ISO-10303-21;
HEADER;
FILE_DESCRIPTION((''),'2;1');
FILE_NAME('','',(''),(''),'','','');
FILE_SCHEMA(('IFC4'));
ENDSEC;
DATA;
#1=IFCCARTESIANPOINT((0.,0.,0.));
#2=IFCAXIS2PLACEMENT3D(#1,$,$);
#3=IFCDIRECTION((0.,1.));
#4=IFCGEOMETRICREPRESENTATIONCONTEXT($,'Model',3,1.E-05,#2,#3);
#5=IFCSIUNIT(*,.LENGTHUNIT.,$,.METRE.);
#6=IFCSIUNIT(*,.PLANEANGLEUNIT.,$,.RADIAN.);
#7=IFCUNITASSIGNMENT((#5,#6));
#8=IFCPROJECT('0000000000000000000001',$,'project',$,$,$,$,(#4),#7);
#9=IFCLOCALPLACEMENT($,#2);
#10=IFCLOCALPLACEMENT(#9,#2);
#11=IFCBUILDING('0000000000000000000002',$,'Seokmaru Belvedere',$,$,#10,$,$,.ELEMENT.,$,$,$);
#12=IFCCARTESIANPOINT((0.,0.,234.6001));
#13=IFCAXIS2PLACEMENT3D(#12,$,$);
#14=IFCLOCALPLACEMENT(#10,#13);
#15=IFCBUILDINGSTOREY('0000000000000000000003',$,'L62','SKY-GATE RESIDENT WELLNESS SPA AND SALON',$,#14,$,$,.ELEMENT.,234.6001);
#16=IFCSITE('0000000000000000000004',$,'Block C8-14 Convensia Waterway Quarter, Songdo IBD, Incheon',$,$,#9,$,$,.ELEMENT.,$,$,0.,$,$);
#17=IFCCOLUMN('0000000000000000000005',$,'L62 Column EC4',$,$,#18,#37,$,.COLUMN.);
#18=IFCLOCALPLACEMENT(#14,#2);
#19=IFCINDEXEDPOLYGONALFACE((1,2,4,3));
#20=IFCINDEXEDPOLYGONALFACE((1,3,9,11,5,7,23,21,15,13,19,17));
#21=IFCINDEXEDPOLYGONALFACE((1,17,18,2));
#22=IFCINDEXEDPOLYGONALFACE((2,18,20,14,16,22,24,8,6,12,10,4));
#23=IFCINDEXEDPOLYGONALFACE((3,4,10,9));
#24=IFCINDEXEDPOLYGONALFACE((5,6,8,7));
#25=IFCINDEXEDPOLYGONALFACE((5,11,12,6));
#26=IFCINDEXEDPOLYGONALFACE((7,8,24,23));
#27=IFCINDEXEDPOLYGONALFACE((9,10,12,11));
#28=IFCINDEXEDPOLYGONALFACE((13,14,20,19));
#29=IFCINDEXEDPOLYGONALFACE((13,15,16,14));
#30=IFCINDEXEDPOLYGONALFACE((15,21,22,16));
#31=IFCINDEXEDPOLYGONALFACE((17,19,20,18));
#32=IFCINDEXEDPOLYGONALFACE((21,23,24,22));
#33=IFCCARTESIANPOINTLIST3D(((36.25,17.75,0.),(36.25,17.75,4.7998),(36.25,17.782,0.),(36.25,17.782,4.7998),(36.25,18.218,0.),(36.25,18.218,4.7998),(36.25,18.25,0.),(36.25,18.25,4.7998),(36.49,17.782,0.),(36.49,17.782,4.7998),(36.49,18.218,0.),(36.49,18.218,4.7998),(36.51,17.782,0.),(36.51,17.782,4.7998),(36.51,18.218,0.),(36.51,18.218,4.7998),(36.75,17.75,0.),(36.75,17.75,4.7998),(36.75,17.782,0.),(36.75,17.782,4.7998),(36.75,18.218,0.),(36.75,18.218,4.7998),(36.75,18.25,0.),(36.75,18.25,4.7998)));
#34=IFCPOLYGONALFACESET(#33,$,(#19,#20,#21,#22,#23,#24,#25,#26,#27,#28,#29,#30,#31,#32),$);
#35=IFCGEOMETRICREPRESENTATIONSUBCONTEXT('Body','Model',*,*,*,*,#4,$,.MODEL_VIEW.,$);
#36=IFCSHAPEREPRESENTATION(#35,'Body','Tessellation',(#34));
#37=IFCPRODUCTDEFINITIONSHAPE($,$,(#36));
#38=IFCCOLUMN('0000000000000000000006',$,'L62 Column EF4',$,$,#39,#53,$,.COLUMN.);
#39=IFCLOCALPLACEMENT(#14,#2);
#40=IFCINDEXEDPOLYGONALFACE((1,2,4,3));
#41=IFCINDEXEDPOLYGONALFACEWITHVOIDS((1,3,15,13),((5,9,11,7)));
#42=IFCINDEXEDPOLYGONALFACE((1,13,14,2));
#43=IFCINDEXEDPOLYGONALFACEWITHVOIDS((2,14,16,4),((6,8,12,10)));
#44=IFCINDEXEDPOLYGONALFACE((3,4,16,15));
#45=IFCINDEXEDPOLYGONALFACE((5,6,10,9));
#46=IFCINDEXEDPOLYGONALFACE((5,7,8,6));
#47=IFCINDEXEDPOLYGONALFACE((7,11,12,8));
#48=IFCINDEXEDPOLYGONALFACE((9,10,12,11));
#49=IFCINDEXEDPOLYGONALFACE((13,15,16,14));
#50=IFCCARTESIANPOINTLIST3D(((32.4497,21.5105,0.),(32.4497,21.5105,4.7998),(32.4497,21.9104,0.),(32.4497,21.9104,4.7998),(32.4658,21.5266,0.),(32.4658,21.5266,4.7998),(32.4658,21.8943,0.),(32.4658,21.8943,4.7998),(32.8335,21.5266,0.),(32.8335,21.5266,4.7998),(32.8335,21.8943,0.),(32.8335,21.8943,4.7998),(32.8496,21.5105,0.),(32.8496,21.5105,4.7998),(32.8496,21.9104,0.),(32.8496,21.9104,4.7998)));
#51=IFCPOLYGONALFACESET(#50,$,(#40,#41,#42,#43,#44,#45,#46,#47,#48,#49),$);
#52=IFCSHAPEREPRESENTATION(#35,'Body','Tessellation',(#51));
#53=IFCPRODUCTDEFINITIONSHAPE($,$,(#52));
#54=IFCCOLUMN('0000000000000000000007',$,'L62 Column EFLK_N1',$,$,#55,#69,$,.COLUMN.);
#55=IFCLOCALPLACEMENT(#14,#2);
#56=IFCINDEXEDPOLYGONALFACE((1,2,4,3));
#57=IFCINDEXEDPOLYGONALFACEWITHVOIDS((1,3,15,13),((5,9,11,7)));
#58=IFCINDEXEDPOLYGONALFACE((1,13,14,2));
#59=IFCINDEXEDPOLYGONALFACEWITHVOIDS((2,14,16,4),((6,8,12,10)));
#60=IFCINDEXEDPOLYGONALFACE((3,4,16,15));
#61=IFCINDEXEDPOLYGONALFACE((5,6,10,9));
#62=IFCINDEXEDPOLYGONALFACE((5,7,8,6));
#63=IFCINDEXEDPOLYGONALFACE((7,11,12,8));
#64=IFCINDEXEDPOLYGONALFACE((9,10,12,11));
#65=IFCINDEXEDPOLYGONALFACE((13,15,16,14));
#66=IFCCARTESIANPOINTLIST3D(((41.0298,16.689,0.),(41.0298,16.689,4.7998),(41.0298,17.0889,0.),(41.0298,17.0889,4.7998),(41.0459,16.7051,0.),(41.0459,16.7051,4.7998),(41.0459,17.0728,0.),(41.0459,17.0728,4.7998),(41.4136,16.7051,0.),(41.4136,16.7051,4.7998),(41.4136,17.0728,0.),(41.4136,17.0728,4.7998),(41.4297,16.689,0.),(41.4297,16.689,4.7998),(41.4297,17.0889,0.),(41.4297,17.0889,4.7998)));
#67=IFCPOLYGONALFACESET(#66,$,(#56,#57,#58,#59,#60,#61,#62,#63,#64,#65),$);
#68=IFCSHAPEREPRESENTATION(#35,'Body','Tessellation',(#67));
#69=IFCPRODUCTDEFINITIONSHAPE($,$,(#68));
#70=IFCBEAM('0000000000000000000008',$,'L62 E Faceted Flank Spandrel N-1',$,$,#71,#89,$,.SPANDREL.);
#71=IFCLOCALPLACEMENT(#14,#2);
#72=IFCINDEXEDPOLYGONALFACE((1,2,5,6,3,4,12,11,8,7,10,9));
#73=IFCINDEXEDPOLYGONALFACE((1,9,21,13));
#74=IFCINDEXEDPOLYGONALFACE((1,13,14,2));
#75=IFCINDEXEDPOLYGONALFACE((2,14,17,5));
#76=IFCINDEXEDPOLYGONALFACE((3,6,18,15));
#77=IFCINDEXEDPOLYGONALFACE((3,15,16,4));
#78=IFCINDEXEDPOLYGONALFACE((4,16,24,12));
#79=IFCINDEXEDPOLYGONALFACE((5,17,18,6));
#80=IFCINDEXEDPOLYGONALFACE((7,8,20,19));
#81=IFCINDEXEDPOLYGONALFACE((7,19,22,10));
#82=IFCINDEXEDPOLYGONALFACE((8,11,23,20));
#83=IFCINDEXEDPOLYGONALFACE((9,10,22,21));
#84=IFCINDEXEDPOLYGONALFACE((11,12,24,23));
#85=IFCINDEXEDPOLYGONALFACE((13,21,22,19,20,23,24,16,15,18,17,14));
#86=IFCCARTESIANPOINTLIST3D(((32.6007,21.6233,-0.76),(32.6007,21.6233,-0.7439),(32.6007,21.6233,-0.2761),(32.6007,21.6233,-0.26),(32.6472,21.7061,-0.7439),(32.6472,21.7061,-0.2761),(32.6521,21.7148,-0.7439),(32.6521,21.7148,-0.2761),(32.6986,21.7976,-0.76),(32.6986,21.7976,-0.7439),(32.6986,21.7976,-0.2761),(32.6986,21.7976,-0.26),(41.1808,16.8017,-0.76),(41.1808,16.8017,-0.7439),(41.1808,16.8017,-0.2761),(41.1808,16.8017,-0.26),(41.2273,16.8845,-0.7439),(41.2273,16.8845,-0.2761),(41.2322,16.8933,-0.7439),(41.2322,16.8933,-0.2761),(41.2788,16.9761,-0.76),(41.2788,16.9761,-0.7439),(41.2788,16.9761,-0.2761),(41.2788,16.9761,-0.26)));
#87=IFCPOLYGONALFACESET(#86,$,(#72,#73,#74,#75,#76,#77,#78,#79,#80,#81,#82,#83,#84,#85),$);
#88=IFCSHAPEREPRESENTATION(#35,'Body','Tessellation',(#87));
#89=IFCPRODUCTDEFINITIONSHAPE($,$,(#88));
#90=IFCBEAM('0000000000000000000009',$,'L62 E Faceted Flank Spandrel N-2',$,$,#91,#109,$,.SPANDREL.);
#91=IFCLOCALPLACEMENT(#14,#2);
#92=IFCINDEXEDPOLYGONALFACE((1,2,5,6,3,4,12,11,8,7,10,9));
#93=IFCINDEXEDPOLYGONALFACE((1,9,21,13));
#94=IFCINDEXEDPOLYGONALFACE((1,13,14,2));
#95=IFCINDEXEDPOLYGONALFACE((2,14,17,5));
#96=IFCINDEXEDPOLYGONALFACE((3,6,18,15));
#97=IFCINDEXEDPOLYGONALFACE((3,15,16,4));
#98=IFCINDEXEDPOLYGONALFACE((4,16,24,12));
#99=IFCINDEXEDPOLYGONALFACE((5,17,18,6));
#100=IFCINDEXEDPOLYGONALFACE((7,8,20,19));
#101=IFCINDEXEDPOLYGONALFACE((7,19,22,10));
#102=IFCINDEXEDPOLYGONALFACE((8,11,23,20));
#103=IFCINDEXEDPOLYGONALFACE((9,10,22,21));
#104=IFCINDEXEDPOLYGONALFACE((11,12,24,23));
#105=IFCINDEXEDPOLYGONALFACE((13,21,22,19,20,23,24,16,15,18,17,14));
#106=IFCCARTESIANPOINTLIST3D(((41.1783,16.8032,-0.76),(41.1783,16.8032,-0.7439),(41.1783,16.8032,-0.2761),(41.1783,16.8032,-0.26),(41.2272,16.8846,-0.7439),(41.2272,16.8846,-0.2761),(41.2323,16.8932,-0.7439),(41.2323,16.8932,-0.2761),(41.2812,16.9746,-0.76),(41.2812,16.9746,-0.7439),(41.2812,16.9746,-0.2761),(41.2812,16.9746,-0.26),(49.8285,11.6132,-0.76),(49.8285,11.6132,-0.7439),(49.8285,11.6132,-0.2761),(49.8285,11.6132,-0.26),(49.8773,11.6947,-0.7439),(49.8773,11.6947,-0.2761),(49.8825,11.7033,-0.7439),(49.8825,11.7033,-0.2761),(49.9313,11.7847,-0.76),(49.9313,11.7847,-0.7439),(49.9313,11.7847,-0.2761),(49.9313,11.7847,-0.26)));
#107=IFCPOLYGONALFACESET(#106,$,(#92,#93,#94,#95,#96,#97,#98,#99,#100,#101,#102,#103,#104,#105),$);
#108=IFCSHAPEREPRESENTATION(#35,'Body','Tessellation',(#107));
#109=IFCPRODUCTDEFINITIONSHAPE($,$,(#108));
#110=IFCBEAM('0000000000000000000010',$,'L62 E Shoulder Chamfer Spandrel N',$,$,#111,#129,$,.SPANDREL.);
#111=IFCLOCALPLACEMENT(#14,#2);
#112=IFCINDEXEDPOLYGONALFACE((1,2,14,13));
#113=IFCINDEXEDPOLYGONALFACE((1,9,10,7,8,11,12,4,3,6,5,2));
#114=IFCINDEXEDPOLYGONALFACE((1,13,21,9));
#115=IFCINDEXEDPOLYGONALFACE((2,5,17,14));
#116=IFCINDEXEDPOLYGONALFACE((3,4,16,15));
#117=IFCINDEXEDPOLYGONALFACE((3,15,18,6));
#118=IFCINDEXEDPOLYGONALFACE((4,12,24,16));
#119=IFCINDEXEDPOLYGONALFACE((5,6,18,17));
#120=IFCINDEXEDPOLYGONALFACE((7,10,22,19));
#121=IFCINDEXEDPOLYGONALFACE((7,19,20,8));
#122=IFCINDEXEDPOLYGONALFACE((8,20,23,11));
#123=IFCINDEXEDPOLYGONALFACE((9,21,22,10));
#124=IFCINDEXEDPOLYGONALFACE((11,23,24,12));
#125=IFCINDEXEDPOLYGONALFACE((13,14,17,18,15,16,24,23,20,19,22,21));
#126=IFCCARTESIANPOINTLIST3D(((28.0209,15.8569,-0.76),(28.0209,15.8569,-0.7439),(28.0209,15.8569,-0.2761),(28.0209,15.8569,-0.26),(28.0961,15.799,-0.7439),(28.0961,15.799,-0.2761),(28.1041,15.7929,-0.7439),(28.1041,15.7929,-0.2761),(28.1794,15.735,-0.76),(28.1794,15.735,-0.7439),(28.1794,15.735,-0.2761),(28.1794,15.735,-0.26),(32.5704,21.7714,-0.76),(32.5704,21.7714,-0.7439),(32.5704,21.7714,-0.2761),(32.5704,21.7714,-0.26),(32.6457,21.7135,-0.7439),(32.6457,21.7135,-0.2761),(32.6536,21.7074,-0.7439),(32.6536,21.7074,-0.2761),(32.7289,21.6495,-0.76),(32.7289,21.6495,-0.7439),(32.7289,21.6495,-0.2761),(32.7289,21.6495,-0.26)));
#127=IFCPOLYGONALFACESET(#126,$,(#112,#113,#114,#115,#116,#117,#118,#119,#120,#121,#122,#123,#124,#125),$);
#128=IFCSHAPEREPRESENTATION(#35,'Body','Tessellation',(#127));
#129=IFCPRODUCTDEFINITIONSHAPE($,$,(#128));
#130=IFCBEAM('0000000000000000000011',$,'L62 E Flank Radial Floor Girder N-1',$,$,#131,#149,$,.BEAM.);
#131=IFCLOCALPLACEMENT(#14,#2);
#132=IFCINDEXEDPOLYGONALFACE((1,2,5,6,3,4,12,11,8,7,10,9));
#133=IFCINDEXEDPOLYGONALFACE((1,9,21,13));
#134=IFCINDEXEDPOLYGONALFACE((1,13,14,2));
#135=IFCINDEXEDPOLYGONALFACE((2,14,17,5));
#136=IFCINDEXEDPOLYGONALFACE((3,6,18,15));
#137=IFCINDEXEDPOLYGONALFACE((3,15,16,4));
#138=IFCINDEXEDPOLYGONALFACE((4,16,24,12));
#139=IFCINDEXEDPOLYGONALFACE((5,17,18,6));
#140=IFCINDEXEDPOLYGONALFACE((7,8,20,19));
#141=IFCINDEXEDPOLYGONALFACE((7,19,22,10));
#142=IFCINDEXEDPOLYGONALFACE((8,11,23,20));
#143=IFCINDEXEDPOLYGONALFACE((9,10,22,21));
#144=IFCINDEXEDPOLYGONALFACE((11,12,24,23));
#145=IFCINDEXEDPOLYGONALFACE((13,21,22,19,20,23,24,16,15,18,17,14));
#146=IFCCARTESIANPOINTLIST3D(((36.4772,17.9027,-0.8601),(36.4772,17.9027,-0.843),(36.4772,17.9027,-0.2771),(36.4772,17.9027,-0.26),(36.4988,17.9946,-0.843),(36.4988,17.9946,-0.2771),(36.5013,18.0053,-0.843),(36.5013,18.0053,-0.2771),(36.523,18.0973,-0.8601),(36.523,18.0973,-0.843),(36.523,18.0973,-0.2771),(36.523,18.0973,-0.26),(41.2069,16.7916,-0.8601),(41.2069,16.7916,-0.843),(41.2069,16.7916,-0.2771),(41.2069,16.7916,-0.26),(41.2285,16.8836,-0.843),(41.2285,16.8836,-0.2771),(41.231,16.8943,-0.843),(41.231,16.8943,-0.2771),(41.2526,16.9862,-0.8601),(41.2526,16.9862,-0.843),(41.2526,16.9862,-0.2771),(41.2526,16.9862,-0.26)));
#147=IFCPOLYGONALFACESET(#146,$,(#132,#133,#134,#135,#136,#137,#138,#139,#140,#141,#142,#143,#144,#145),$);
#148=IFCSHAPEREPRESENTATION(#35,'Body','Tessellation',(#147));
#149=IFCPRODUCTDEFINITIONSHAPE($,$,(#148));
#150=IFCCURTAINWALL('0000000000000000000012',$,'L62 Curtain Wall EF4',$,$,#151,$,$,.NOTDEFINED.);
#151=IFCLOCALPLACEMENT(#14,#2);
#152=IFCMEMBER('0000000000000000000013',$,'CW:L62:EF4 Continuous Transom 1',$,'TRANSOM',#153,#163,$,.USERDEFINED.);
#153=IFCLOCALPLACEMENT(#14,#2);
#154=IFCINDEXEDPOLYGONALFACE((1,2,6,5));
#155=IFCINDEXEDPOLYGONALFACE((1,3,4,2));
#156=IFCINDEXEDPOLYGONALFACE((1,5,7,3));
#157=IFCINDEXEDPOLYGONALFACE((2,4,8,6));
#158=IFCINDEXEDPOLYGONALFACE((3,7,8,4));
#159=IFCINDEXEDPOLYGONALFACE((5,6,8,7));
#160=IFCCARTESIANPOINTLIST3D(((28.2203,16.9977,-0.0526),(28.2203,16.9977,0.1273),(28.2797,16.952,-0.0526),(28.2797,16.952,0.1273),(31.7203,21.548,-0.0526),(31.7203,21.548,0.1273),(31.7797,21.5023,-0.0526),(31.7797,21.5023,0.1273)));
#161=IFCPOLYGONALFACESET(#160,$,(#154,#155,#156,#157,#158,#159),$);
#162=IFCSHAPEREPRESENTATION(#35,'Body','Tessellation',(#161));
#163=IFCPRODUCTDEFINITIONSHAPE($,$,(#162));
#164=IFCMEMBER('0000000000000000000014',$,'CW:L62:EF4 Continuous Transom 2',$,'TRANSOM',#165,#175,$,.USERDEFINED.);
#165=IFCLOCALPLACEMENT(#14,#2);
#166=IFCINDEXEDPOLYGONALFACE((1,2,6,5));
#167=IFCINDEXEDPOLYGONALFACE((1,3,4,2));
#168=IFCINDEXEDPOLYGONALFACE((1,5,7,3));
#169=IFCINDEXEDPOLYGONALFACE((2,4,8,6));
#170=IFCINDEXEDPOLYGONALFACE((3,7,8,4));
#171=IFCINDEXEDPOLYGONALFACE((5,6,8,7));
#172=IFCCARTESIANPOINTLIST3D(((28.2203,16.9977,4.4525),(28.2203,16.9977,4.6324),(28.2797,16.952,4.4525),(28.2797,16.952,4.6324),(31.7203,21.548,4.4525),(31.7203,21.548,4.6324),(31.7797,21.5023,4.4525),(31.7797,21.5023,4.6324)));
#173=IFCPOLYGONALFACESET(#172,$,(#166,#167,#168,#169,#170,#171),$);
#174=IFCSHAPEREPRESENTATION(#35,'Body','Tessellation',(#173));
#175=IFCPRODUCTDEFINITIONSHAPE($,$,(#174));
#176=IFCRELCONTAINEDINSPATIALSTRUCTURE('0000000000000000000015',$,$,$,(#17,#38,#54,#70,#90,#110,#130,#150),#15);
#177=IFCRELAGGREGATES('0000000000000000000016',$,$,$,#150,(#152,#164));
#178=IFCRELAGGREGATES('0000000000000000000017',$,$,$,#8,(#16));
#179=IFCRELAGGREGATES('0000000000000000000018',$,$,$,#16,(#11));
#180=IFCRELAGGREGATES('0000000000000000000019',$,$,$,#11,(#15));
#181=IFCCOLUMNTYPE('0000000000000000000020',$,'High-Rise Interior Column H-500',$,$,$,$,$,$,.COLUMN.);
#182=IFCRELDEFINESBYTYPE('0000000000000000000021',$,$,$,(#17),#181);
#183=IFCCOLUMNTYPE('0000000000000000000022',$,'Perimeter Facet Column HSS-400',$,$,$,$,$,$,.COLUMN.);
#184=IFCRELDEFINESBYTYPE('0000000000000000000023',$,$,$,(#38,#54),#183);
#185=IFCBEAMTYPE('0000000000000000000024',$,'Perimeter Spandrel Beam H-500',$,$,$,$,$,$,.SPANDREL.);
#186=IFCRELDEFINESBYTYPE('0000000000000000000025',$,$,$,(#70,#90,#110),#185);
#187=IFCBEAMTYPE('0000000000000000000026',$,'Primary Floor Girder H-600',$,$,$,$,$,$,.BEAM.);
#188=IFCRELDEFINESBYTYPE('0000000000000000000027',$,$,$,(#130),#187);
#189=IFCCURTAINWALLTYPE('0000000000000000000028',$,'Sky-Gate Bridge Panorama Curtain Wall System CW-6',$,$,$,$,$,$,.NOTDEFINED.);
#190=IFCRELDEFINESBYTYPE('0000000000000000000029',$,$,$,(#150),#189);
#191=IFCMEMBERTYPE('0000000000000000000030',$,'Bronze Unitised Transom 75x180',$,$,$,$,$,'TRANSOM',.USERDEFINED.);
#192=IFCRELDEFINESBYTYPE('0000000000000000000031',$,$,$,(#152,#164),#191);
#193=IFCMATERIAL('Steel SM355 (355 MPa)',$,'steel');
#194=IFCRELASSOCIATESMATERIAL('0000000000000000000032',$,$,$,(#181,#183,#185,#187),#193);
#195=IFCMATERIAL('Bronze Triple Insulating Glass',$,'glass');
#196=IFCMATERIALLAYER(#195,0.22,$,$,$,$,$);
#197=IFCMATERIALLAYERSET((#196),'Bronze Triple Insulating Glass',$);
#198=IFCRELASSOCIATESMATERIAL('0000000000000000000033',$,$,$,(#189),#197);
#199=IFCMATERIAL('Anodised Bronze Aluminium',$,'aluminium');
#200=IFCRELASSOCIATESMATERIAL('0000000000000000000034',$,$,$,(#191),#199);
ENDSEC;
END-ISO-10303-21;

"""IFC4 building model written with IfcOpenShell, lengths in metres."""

from ifc_helpers import new_model, si_unit, direction, frame, origin, origin_2d, place, context, subcontext, project, spatial, rectangle, hollow_rectangle, i_section, extrude, source, transform, mapped, material, layer, layer_set, material_profile, profile_set, type_object, type_shapes, element, aggregate, save


model = new_model("IFC4")

# Units and contexts
model_context = context("Model", 3, precision=1e-05, world=origin(), true_north=direction((0.0, 1.0)))
body_context = subcontext(model_context, "Body", "Model", "MODEL_VIEW")
ifc_project = project(units=[si_unit("LENGTHUNIT", "METRE"), si_unit("PLANEANGLEUNIT", "RADIAN")], contexts=[model_context])

# Site, building, storey
site_placement = place(None, origin())
site = spatial("IfcSite", under=ifc_project, at=site_placement, Name="Block C8-14 Convensia Waterway Quarter, Songdo IBD, Incheon", CompositionType="ELEMENT", RefElevation=0.0)
building_placement = place(site_placement, origin())
building = spatial("IfcBuilding", under=site, at=building_placement, Name="Seokmaru Belvedere", CompositionType="ELEMENT")
storey_placement = place(building_placement, frame((0.0, 0.0, 234.6001)))
storey = spatial("IfcBuildingStorey", under=building, at=storey_placement, Name="L62", Description="SKY-GATE RESIDENT WELLNESS SPA AND SALON", CompositionType="ELEMENT", Elevation=234.6001)

# Columns
ifc_material_1 = material(Name="Steel SM355 (355 MPa)", Category="steel")
ifc_material_profile_1 = material_profile(ifc_material_1, i_section(OverallWidth=0.5, OverallDepth=0.5, WebThickness=0.02, FlangeThickness=0.032, at=origin_2d()), Name="H-500x500x20x32")
ifc_profile_set_1 = profile_set([ifc_material_profile_1], Name="Steel SM355 (355 MPa)")
column_type_1 = type_object("IfcColumnType", Name="High-Rise Interior Column H-500", PredefinedType="COLUMN", material=ifc_profile_set_1)
shared_shape_1 = source(origin(), body_context, "Body", "SweptSolid", [
    extrude(i_section(OverallWidth=0.5, OverallDepth=0.5, WebThickness=0.02, FlangeThickness=0.032, at=origin_2d()), origin(), (0.0, 0.0, 1.0), 4.7998),
])
type_shapes(column_type_1, [shared_shape_1])
column_placement = place(storey_placement, frame((36.5, 18.0, 0.0), z_axis=(0.0, 0.0, 1.0), x_axis=(1.0, 0.0, 0.0)))
element("IfcColumn", 1, at=column_placement, inside=storey, type_object=column_type_1, Name="L62 Column EC4", PredefinedType="COLUMN", context=body_context, shape_type="MappedRepresentation", body=[
    mapped(shared_shape_1, transform((0.0, 0.0, 0.0), scale=1.0)),
])
ifc_material_profile_2 = material_profile(ifc_material_1, hollow_rectangle(XDim=0.3999, YDim=0.3999, WallThickness=0.0161, at=origin_2d()), Name="HSS-400x400x16")
ifc_profile_set_2 = profile_set([ifc_material_profile_2], Name="Steel SM355 (355 MPa)")
column_type_2 = type_object("IfcColumnType", Name="Perimeter Facet Column HSS-400", PredefinedType="COLUMN", material=ifc_profile_set_2)
shared_shape_2 = source(origin(), body_context, "Body", "SweptSolid", [
    extrude(hollow_rectangle(XDim=0.3999, YDim=0.3999, WallThickness=0.0161, at=origin_2d()), origin(), (0.0, 0.0, 1.0), 4.7998),
])
type_shapes(column_type_2, [shared_shape_2])
for number, where, z_axis, x_axis, name in (
    (2, (32.6497, 21.7104, 0.0), (0.0, 0.0, 1.0), (1.0, 0.0, 0.0), "L62 Column EF4"),
    (3, (41.2297, 16.8889, 0.0), (0.0, 0.0, 1.0), (1.0, 0.0, 0.0), "L62 Column EFLK_N1"),
):
    element("IfcColumn", number, at=place(storey_placement, frame(where, z_axis=z_axis, x_axis=x_axis)), inside=storey, type_object=column_type_2, Name=name, PredefinedType="COLUMN", context=body_context, shape_type="MappedRepresentation", body=[
        mapped(shared_shape_2, transform((0.0, 0.0, 0.0), scale=1.0)),
    ])

# Beams
ifc_material_profile_3 = material_profile(ifc_material_1, i_section(OverallWidth=0.2, OverallDepth=0.5, WebThickness=0.01, FlangeThickness=0.0161, at=origin_2d()), Name="H-500x200x10x16")
ifc_profile_set_3 = profile_set([ifc_material_profile_3], Name="Steel SM355 (355 MPa)")
beam_type_1 = type_object("IfcBeamType", Name="Perimeter Spandrel Beam H-500", PredefinedType="SPANDREL", material=ifc_profile_set_3)
shared_shape_3 = source(origin(), body_context, "Body", "SweptSolid", [
    extrude(i_section(OverallWidth=0.2, OverallDepth=0.5, WebThickness=0.01, FlangeThickness=0.0161, at=origin_2d()), origin(), (0.0, 0.0, 1.0), 9.842),
])
beam_1_placement = place(storey_placement, frame((32.6497, 21.7104, -0.51), z_axis=(0.871782, -0.489894, 0.0), x_axis=(0.489894, 0.871782, 0.0)))
element("IfcBeam", 4, at=beam_1_placement, inside=storey, type_object=beam_type_1, Name="L62 E Faceted Flank Spandrel N-1", PredefinedType="SPANDREL", context=body_context, shape_type="MappedRepresentation", body=[
    mapped(shared_shape_3, transform((0.0, 0.0, 0.0), scale=1.0)),
])
shared_shape_4 = source(origin(), body_context, "Body", "SweptSolid", [
    extrude(i_section(OverallWidth=0.2, OverallDepth=0.5, WebThickness=0.01, FlangeThickness=0.0161, at=origin_2d()), origin(), (0.0, 0.0, 1.0), 10.0876),
])
beam_2_placement = place(storey_placement, frame((41.2297, 16.8889, -0.51), z_axis=(0.857499, -0.514485, 0.0), x_axis=(0.514485, 0.857499, 0.0)))
element("IfcBeam", 5, at=beam_2_placement, inside=storey, type_object=beam_type_1, Name="L62 E Faceted Flank Spandrel N-2", PredefinedType="SPANDREL", context=body_context, shape_type="MappedRepresentation", body=[
    mapped(shared_shape_4, transform((0.0, 0.0, 0.0), scale=1.0)),
])
shared_shape_5 = source(origin(), body_context, "Body", "SweptSolid", [
    extrude(i_section(OverallWidth=0.2, OverallDepth=0.5, WebThickness=0.01, FlangeThickness=0.0161, at=origin_2d()), origin(), (0.0, 0.0, 1.0), 7.4619),
])
type_shapes(beam_type_1, [shared_shape_3, shared_shape_4, shared_shape_5])
beam_3_placement = place(storey_placement, frame((32.6497, 21.7104, -0.51), z_axis=(-0.609703, -0.79263, 0.0), x_axis=(0.79263, -0.609703, 0.0)))
element("IfcBeam", 6, at=beam_3_placement, inside=storey, type_object=beam_type_1, Name="L62 E Shoulder Chamfer Spandrel N", PredefinedType="SPANDREL", context=body_context, shape_type="MappedRepresentation", body=[
    mapped(shared_shape_5, transform((0.0, 0.0, 0.0), scale=1.0)),
])
ifc_material_profile_4 = material_profile(ifc_material_1, i_section(OverallWidth=0.2, OverallDepth=0.6001, WebThickness=0.011, FlangeThickness=0.0171, at=origin_2d()), Name="H-600x200x11x17")
ifc_profile_set_4 = profile_set([ifc_material_profile_4], Name="Steel SM355 (355 MPa)")
beam_type_2 = type_object("IfcBeamType", Name="Primary Floor Girder H-600", PredefinedType="BEAM", material=ifc_profile_set_4)
shared_shape_6 = source(origin(), body_context, "Body", "SweptSolid", [
    extrude(i_section(OverallWidth=0.2, OverallDepth=0.6001, WebThickness=0.011, FlangeThickness=0.0171, at=origin_2d()), origin(), (0.0, 0.0, 1.0), 4.8584),
])
type_shapes(beam_type_2, [shared_shape_6])
beam_4_placement = place(storey_placement, frame((41.2297, 16.8889, -0.5601), z_axis=(-0.973499, 0.228689, 0.0), x_axis=(-0.228689, -0.973499, 0.0)))
element("IfcBeam", 7, at=beam_4_placement, inside=storey, type_object=beam_type_2, Name="L62 E Flank Radial Floor Girder N-1", PredefinedType="BEAM", context=body_context, shape_type="MappedRepresentation", body=[
    mapped(shared_shape_6, transform((0.0, 0.0, 0.0), scale=1.0)),
])

# Curtain wall, members
ifc_material_2 = material(Name="Bronze Triple Insulating Glass", Category="glass")
ifc_layer_1 = layer(ifc_material_2, 0.22)
ifc_layer_set_1 = layer_set([ifc_layer_1], Name="Bronze Triple Insulating Glass")
curtain_wall_type = type_object("IfcCurtainWallType", Name="Sky-Gate Bridge Panorama Curtain Wall System CW-6", PredefinedType="NOTDEFINED", material=ifc_layer_set_1)
curtain_wall_1_placement = place(storey_placement, origin())
curtain_wall_1 = element("IfcCurtainWall", 8, at=curtain_wall_1_placement, inside=storey, type_object=curtain_wall_type, Name="L62 Curtain Wall EF4", PredefinedType="NOTDEFINED")
ifc_material_3 = material(Name="Anodised Bronze Aluminium", Category="aluminium")
ifc_material_profile_5 = material_profile(ifc_material_3, rectangle(XDim=0.075, YDim=0.1799, at=origin_2d()), Name="CW-T-75x180")
ifc_profile_set_5 = profile_set([ifc_material_profile_5], Name="Anodised Bronze Aluminium")
member_type_1 = type_object("IfcMemberType", Name="Bronze Unitised Transom 75x180", ElementType="TRANSOM", PredefinedType="USERDEFINED", material=ifc_profile_set_5)
shared_shape_7 = source(origin(), body_context, "Body", "SweptSolid", [
    extrude(rectangle(XDim=0.075, YDim=0.1799, at=origin_2d()), origin(), (0.0, 0.0, 1.0), 5.7407),
])
member_1_placement = place(storey_placement, frame((31.75, 21.5251, 0.0374), z_axis=(-0.609686, -0.792643, 0.0), x_axis=(0.792643, -0.609686, 0.0)))
member_1 = element("IfcMember", 9, at=member_1_placement, type_object=member_type_1, Name="CW:L62:EF4 Continuous Transom 1", ObjectType="TRANSOM", PredefinedType="USERDEFINED", context=body_context, shape_type="MappedRepresentation", body=[
    mapped(shared_shape_7, transform((0.0, 0.0, 0.0), scale=1.0)),
])
member_2_placement = place(storey_placement, frame((31.75, 21.5251, 4.5425), z_axis=(-0.609686, -0.792643, 0.0), x_axis=(0.792643, -0.609686, 0.0)))
member_2 = element("IfcMember", 10, at=member_2_placement, type_object=member_type_1, Name="CW:L62:EF4 Continuous Transom 2", ObjectType="TRANSOM", PredefinedType="USERDEFINED", context=body_context, shape_type="MappedRepresentation", body=[
    mapped(shared_shape_7, transform((0.0, 0.0, 0.0), scale=1.0)),
])

aggregate(curtain_wall_1, [member_1, member_2])

save(model, "model.ifc")
